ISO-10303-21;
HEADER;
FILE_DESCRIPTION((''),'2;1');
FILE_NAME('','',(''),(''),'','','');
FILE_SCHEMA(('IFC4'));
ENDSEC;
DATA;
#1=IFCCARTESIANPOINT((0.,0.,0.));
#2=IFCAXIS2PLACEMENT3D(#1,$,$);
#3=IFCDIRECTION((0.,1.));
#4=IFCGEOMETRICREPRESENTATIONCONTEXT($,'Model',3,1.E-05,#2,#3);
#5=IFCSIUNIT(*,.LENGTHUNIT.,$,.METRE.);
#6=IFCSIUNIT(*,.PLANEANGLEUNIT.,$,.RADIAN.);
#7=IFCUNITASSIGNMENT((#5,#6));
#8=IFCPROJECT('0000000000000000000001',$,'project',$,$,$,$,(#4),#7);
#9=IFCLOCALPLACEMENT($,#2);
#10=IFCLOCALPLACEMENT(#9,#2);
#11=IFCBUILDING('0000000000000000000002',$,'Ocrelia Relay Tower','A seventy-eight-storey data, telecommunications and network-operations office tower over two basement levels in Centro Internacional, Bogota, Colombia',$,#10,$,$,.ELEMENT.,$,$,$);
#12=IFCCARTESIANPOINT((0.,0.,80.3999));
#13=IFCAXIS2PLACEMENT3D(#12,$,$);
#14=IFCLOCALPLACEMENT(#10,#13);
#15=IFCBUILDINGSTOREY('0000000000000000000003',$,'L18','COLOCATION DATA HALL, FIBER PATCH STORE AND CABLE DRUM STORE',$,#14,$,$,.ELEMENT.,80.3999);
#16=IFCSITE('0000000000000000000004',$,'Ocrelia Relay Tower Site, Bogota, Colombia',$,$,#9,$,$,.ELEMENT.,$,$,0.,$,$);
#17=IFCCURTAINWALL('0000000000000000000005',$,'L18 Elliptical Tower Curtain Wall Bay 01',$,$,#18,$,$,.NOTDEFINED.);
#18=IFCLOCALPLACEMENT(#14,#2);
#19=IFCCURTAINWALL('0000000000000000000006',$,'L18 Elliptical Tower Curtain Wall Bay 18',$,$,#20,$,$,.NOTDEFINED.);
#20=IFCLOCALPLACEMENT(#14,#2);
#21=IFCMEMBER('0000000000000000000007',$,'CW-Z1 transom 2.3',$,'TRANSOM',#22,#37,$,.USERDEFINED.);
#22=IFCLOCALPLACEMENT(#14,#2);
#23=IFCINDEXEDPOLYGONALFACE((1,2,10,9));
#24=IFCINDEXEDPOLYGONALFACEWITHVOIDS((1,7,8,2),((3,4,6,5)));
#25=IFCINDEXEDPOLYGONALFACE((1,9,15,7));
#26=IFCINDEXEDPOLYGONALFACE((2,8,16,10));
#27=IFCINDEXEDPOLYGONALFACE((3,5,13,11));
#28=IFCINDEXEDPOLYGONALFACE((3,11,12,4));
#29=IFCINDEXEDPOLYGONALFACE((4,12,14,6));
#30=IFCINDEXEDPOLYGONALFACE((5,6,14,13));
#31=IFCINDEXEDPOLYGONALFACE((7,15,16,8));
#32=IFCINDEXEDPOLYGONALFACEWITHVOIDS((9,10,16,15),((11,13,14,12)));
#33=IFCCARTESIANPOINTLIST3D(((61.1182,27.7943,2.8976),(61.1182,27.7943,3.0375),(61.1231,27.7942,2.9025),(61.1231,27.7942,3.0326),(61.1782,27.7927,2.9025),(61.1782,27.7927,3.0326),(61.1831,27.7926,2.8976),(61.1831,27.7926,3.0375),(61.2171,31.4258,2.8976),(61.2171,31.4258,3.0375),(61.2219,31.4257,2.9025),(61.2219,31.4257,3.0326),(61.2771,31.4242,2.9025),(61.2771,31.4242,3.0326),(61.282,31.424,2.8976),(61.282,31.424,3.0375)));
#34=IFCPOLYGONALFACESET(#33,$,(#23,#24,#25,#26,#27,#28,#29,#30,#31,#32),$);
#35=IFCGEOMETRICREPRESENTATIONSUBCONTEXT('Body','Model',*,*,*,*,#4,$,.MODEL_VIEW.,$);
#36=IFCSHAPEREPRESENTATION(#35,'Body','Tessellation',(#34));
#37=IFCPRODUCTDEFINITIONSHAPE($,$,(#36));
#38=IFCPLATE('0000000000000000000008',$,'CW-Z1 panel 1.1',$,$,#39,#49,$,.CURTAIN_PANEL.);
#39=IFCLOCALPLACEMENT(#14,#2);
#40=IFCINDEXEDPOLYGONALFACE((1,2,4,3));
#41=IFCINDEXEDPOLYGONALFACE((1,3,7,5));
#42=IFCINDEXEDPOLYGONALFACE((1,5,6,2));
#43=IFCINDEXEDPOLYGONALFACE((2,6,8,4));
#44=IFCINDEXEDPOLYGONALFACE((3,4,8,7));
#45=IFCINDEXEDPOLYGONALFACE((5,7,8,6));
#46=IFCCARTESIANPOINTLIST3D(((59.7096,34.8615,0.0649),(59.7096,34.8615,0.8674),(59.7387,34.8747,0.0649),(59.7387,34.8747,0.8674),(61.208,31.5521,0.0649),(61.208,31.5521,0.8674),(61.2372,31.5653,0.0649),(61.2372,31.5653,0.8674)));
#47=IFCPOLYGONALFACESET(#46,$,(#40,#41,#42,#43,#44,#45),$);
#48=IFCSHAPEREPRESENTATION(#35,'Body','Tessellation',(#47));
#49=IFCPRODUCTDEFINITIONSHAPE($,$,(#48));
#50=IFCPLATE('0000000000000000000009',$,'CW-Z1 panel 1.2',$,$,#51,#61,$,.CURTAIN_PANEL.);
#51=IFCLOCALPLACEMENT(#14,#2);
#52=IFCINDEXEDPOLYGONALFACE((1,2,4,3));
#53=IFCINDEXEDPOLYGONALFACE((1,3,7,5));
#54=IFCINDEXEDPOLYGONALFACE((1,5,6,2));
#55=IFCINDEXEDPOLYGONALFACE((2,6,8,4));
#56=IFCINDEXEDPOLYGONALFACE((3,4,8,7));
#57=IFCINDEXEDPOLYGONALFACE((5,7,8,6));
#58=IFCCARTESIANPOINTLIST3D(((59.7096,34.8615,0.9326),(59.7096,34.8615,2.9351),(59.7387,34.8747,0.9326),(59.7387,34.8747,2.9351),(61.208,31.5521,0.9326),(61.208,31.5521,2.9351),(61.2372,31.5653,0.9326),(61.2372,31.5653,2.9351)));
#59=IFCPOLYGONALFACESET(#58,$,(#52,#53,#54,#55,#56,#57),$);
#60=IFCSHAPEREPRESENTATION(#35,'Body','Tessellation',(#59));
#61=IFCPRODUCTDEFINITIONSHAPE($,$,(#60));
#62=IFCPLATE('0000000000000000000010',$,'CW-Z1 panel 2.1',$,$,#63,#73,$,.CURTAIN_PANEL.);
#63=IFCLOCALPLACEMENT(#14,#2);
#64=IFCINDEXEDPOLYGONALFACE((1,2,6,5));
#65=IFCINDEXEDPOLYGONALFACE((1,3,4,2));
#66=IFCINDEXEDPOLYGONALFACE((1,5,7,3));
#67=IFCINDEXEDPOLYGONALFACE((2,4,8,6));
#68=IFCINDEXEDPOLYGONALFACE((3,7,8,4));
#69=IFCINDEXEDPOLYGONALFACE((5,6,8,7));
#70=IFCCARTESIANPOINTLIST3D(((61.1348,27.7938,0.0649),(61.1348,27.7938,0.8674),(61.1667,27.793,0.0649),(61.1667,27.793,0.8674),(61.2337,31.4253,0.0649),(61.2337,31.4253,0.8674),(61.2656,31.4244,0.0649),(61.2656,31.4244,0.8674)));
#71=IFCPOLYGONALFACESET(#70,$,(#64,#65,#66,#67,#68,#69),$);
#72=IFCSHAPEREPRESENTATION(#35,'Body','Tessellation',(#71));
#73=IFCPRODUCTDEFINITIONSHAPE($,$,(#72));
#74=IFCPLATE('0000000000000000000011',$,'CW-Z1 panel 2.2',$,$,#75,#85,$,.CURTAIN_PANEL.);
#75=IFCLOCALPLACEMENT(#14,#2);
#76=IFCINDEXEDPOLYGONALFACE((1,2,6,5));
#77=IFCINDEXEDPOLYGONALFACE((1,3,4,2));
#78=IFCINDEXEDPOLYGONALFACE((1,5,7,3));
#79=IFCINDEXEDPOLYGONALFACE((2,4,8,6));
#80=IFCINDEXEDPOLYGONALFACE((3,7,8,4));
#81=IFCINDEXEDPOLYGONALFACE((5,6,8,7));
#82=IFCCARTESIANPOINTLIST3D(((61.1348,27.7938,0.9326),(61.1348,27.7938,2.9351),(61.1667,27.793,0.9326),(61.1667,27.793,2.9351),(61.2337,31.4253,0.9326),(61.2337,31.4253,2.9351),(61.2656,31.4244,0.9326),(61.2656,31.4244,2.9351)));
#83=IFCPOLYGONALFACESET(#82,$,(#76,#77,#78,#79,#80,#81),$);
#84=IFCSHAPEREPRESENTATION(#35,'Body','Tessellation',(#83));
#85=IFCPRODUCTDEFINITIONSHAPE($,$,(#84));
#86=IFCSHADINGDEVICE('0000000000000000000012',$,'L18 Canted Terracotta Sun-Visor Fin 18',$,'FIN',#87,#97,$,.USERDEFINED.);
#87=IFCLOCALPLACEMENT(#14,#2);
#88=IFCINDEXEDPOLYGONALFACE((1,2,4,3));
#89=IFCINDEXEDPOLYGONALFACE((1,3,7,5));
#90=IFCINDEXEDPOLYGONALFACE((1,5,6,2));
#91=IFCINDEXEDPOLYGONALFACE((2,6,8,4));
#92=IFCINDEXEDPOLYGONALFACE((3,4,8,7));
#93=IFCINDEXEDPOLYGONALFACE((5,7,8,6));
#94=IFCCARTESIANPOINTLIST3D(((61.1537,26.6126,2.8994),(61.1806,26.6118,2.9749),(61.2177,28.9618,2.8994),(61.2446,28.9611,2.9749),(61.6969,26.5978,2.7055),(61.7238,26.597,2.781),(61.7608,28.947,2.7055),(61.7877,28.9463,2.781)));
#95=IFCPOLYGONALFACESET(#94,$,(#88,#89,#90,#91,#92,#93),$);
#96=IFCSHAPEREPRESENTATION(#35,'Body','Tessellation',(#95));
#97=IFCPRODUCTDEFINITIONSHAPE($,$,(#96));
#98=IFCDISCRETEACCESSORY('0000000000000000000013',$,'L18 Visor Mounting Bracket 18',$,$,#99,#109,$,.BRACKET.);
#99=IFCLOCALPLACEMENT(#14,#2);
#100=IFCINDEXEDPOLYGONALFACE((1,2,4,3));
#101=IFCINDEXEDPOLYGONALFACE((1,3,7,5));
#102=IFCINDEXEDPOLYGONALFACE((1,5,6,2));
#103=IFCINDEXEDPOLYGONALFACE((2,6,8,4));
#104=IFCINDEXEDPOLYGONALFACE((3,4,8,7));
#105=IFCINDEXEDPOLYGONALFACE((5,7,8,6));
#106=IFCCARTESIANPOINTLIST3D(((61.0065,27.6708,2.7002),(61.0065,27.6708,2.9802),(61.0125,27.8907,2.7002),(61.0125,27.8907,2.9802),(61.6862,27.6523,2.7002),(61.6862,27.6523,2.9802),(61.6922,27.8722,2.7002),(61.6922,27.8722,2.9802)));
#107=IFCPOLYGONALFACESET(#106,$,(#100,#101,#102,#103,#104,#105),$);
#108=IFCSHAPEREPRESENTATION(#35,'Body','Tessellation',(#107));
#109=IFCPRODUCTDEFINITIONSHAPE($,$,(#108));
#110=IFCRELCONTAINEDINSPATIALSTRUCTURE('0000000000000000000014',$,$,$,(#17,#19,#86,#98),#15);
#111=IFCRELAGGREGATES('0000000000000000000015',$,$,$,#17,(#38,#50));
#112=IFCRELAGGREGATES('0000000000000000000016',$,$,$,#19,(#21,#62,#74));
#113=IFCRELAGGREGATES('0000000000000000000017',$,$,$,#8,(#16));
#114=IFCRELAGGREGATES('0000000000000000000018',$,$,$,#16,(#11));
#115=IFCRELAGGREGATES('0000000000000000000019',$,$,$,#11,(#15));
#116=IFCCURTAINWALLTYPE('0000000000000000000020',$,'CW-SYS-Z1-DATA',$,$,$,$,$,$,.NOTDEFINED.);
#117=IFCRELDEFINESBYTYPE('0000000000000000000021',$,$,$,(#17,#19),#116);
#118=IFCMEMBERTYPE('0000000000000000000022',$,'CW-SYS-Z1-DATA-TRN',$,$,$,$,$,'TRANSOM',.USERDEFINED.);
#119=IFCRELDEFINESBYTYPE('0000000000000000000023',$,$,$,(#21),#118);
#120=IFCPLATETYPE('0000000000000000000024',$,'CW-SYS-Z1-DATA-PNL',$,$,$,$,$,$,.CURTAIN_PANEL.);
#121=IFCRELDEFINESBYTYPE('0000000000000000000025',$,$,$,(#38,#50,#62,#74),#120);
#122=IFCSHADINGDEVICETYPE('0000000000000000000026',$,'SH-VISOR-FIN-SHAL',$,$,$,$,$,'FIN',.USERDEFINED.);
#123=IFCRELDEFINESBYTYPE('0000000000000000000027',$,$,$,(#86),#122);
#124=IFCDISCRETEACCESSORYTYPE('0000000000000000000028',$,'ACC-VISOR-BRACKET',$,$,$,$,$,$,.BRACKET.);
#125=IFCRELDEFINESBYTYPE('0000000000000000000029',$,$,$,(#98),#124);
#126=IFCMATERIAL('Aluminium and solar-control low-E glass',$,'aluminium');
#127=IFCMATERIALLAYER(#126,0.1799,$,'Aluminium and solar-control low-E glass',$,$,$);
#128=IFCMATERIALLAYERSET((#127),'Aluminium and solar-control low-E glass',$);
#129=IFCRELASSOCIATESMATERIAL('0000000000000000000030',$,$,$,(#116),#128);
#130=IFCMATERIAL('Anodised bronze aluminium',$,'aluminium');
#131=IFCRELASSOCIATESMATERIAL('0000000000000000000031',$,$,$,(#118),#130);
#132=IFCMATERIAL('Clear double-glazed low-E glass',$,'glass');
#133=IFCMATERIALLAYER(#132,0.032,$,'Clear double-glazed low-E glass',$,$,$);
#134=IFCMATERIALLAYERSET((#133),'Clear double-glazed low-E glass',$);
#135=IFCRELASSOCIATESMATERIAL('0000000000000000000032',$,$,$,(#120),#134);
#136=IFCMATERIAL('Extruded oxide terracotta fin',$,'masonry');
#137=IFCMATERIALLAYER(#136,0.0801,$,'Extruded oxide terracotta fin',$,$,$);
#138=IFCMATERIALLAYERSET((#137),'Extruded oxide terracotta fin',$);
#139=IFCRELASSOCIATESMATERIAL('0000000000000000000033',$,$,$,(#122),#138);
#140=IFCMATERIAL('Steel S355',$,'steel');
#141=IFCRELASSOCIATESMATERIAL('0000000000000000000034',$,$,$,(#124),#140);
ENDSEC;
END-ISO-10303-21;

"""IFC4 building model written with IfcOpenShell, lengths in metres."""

from ifc_helpers import new_model, si_unit, direction, frame, origin, origin_2d, place, context, subcontext, project, spatial, rectangle, hollow_rectangle, extrude, material, layer, layer_set, material_profile, profile_set, type_object, element, aggregate, save


model = new_model("IFC4")

# Units and contexts
model_context = context("Model", 3, precision=1e-05, world=origin(), true_north=direction((0.0, 1.0)))
body_context = subcontext(model_context, "Body", "Model", "MODEL_VIEW")
ifc_project = project(units=[si_unit("LENGTHUNIT", "METRE"), si_unit("PLANEANGLEUNIT", "RADIAN")], contexts=[model_context])

# Site, building, storey
site_placement = place(None, origin())
site = spatial("IfcSite", under=ifc_project, at=site_placement, Name="Ocrelia Relay Tower Site, Bogota, Colombia", CompositionType="ELEMENT", RefElevation=0.0)
building_placement = place(site_placement, origin())
building = spatial("IfcBuilding", under=site, at=building_placement, Name="Ocrelia Relay Tower", Description="A seventy-eight-storey data, telecommunications and network-operations office tower over two basement levels in Centro Internacional, Bogota, Colombia", CompositionType="ELEMENT")
storey_placement = place(building_placement, frame((0.0, 0.0, 80.3999)))
storey = spatial("IfcBuildingStorey", under=building, at=storey_placement, Name="L18", Description="COLOCATION DATA HALL, FIBER PATCH STORE AND CABLE DRUM STORE", CompositionType="ELEMENT", Elevation=80.3999)

# Shared definitions
ifc_material_1 = material(Name="Steel S355", Category="steel")

# Curtain wall
ifc_material_2 = material(Name="Aluminium and solar-control low-E glass", Category="aluminium")
ifc_layer_1 = layer(ifc_material_2, 0.1799, Name="Aluminium and solar-control low-E glass")
ifc_layer_set_1 = layer_set([ifc_layer_1], Name="Aluminium and solar-control low-E glass")
curtain_wall_type = type_object("IfcCurtainWallType", Name="CW-SYS-Z1-DATA", PredefinedType="NOTDEFINED", material=ifc_layer_set_1)
curtain_wall_1_placement = place(storey_placement, origin())
curtain_wall_1 = element("IfcCurtainWall", 1, at=curtain_wall_1_placement, inside=storey, type_object=curtain_wall_type, Name="L18 Elliptical Tower Curtain Wall Bay 01", PredefinedType="NOTDEFINED")
ifc_material_3 = material(Name="Anodised bronze aluminium", Category="aluminium")

# Curtain wall
curtain_wall_2_placement = place(storey_placement, origin())
curtain_wall_2 = element("IfcCurtainWall", 2, at=curtain_wall_2_placement, inside=storey, type_object=curtain_wall_type, Name="L18 Elliptical Tower Curtain Wall Bay 18", PredefinedType="NOTDEFINED")

# Member
ifc_material_profile_1 = material_profile(ifc_material_3, hollow_rectangle(XDim=0.0649, YDim=0.1399, WallThickness=0.0049, at=origin_2d()), Name="CW-TRN-140x65")
ifc_profile_set_1 = profile_set([ifc_material_profile_1], Name="Anodised bronze aluminium")
member_type_1 = type_object("IfcMemberType", Name="CW-SYS-Z1-DATA-TRN", ElementType="TRANSOM", PredefinedType="USERDEFINED", material=ifc_profile_set_1)
member_1_placement = place(storey_placement, frame((61.1506, 27.7935, 2.9675), z_axis=(0.027219, 0.99963, 0.0), x_axis=(-0.99963, 0.027219, 0.0)))
member_1 = element("IfcMember", 3, at=member_1_placement, type_object=member_type_1, Name="CW-Z1 transom 2.3", ObjectType="TRANSOM", PredefinedType="USERDEFINED", context=body_context, shape_type="SweptSolid", body=[
    extrude(hollow_rectangle(XDim=0.0649, YDim=0.1399, WallThickness=0.0049, at=origin_2d()), origin(), (0.0, 0.0, 1.0), 3.6328),
])

# Plates
ifc_material_4 = material(Name="Clear double-glazed low-E glass", Category="glass")
ifc_layer_2 = layer(ifc_material_4, 0.032, Name="Clear double-glazed low-E glass")
ifc_layer_set_2 = layer_set([ifc_layer_2], Name="Clear double-glazed low-E glass")
plate_type = type_object("IfcPlateType", Name="CW-SYS-Z1-DATA-PNL", PredefinedType="CURTAIN_PANEL", material=ifc_layer_set_2)
plate_1_placement = place(storey_placement, frame((60.4734, 33.2134, 0.0649), z_axis=(0.0, 0.0, 1.0), x_axis=(-0.412471, 0.910971, 0.0)))
plate_1 = element("IfcPlate", 4, at=plate_1_placement, type_object=plate_type, Name="CW-Z1 panel 1.1", PredefinedType="CURTAIN_PANEL", context=body_context, shape_type="SweptSolid", body=[
    extrude(rectangle(XDim=3.6328, YDim=0.032, at=origin_2d()), origin(), (0.0, 0.0, 1.0), 0.8025),
])
plate_2_placement = place(storey_placement, frame((60.4734, 33.2134, 0.9326), z_axis=(0.0, 0.0, 1.0), x_axis=(-0.412471, 0.910971, 0.0)))
plate_2 = element("IfcPlate", 5, at=plate_2_placement, type_object=plate_type, Name="CW-Z1 panel 1.2", PredefinedType="CURTAIN_PANEL", context=body_context, shape_type="SweptSolid", body=[
    extrude(rectangle(XDim=3.6328, YDim=0.032, at=origin_2d()), origin(), (0.0, 0.0, 1.0), 2.0024),
])
aggregate(curtain_wall_1, [plate_1, plate_2])
plate_3_placement = place(storey_placement, frame((61.2002, 29.6091, 0.0649), z_axis=(0.0, 0.0, 1.0), x_axis=(0.027222, 0.999629, 0.0)))
plate_3 = element("IfcPlate", 6, at=plate_3_placement, type_object=plate_type, Name="CW-Z1 panel 2.1", PredefinedType="CURTAIN_PANEL", context=body_context, shape_type="SweptSolid", body=[
    extrude(rectangle(XDim=3.6328, YDim=0.032, at=origin_2d()), origin(), (0.0, 0.0, 1.0), 0.8025),
])
plate_4_placement = place(storey_placement, frame((61.2002, 29.6091, 0.9326), z_axis=(0.0, 0.0, 1.0), x_axis=(0.027222, 0.999629, 0.0)))
plate_4 = element("IfcPlate", 7, at=plate_4_placement, type_object=plate_type, Name="CW-Z1 panel 2.2", PredefinedType="CURTAIN_PANEL", context=body_context, shape_type="SweptSolid", body=[
    extrude(rectangle(XDim=3.6328, YDim=0.032, at=origin_2d()), origin(), (0.0, 0.0, 1.0), 2.0024),
])
aggregate(curtain_wall_2, [member_1, plate_3, plate_4])

# Shading device
ifc_material_5 = material(Name="Extruded oxide terracotta fin", Category="masonry")
ifc_layer_3 = layer(ifc_material_5, 0.0801, Name="Extruded oxide terracotta fin")
ifc_layer_set_3 = layer_set([ifc_layer_3], Name="Extruded oxide terracotta fin")
shading_device_type = type_object("IfcShadingDeviceType", Name="SH-VISOR-FIN-SHAL", ElementType="FIN", PredefinedType="USERDEFINED", material=ifc_layer_set_3)
shading_device_placement = place(storey_placement, frame((61.4573, 27.7798, 2.8025), z_axis=(0.335985, -0.00915, 0.941823), x_axis=(0.027222, 0.999629, 0.0)))
element("IfcShadingDevice", 8, at=shading_device_placement, inside=storey, type_object=shading_device_type, Name="L18 Canted Terracotta Sun-Visor Fin 18", ObjectType="FIN", PredefinedType="USERDEFINED", context=body_context, shape_type="SweptSolid", body=[
    extrude(rectangle(XDim=2.3501, YDim=0.5769, at=origin_2d()), origin(), (0.0, 0.0, 1.0), 0.0801),
])

# Discrete accessory
discrete_accessory_type = type_object("IfcDiscreteAccessoryType", Name="ACC-VISOR-BRACKET", PredefinedType="BRACKET", material=ifc_material_1)
discrete_accessory_placement = place(storey_placement, frame((61.3494, 27.7715, 2.7002), z_axis=(0.0, 0.0, 1.0), x_axis=(0.027222, 0.999629, 0.0)))
element("IfcDiscreteAccessory", 9, at=discrete_accessory_placement, inside=storey, type_object=discrete_accessory_type, Name="L18 Visor Mounting Bracket 18", PredefinedType="BRACKET", context=body_context, shape_type="SweptSolid", body=[
    extrude(rectangle(XDim=0.22, YDim=0.6799, at=origin_2d()), origin(), (0.0, 0.0, 1.0), 0.28),
])

save(model, "model.ifc")
